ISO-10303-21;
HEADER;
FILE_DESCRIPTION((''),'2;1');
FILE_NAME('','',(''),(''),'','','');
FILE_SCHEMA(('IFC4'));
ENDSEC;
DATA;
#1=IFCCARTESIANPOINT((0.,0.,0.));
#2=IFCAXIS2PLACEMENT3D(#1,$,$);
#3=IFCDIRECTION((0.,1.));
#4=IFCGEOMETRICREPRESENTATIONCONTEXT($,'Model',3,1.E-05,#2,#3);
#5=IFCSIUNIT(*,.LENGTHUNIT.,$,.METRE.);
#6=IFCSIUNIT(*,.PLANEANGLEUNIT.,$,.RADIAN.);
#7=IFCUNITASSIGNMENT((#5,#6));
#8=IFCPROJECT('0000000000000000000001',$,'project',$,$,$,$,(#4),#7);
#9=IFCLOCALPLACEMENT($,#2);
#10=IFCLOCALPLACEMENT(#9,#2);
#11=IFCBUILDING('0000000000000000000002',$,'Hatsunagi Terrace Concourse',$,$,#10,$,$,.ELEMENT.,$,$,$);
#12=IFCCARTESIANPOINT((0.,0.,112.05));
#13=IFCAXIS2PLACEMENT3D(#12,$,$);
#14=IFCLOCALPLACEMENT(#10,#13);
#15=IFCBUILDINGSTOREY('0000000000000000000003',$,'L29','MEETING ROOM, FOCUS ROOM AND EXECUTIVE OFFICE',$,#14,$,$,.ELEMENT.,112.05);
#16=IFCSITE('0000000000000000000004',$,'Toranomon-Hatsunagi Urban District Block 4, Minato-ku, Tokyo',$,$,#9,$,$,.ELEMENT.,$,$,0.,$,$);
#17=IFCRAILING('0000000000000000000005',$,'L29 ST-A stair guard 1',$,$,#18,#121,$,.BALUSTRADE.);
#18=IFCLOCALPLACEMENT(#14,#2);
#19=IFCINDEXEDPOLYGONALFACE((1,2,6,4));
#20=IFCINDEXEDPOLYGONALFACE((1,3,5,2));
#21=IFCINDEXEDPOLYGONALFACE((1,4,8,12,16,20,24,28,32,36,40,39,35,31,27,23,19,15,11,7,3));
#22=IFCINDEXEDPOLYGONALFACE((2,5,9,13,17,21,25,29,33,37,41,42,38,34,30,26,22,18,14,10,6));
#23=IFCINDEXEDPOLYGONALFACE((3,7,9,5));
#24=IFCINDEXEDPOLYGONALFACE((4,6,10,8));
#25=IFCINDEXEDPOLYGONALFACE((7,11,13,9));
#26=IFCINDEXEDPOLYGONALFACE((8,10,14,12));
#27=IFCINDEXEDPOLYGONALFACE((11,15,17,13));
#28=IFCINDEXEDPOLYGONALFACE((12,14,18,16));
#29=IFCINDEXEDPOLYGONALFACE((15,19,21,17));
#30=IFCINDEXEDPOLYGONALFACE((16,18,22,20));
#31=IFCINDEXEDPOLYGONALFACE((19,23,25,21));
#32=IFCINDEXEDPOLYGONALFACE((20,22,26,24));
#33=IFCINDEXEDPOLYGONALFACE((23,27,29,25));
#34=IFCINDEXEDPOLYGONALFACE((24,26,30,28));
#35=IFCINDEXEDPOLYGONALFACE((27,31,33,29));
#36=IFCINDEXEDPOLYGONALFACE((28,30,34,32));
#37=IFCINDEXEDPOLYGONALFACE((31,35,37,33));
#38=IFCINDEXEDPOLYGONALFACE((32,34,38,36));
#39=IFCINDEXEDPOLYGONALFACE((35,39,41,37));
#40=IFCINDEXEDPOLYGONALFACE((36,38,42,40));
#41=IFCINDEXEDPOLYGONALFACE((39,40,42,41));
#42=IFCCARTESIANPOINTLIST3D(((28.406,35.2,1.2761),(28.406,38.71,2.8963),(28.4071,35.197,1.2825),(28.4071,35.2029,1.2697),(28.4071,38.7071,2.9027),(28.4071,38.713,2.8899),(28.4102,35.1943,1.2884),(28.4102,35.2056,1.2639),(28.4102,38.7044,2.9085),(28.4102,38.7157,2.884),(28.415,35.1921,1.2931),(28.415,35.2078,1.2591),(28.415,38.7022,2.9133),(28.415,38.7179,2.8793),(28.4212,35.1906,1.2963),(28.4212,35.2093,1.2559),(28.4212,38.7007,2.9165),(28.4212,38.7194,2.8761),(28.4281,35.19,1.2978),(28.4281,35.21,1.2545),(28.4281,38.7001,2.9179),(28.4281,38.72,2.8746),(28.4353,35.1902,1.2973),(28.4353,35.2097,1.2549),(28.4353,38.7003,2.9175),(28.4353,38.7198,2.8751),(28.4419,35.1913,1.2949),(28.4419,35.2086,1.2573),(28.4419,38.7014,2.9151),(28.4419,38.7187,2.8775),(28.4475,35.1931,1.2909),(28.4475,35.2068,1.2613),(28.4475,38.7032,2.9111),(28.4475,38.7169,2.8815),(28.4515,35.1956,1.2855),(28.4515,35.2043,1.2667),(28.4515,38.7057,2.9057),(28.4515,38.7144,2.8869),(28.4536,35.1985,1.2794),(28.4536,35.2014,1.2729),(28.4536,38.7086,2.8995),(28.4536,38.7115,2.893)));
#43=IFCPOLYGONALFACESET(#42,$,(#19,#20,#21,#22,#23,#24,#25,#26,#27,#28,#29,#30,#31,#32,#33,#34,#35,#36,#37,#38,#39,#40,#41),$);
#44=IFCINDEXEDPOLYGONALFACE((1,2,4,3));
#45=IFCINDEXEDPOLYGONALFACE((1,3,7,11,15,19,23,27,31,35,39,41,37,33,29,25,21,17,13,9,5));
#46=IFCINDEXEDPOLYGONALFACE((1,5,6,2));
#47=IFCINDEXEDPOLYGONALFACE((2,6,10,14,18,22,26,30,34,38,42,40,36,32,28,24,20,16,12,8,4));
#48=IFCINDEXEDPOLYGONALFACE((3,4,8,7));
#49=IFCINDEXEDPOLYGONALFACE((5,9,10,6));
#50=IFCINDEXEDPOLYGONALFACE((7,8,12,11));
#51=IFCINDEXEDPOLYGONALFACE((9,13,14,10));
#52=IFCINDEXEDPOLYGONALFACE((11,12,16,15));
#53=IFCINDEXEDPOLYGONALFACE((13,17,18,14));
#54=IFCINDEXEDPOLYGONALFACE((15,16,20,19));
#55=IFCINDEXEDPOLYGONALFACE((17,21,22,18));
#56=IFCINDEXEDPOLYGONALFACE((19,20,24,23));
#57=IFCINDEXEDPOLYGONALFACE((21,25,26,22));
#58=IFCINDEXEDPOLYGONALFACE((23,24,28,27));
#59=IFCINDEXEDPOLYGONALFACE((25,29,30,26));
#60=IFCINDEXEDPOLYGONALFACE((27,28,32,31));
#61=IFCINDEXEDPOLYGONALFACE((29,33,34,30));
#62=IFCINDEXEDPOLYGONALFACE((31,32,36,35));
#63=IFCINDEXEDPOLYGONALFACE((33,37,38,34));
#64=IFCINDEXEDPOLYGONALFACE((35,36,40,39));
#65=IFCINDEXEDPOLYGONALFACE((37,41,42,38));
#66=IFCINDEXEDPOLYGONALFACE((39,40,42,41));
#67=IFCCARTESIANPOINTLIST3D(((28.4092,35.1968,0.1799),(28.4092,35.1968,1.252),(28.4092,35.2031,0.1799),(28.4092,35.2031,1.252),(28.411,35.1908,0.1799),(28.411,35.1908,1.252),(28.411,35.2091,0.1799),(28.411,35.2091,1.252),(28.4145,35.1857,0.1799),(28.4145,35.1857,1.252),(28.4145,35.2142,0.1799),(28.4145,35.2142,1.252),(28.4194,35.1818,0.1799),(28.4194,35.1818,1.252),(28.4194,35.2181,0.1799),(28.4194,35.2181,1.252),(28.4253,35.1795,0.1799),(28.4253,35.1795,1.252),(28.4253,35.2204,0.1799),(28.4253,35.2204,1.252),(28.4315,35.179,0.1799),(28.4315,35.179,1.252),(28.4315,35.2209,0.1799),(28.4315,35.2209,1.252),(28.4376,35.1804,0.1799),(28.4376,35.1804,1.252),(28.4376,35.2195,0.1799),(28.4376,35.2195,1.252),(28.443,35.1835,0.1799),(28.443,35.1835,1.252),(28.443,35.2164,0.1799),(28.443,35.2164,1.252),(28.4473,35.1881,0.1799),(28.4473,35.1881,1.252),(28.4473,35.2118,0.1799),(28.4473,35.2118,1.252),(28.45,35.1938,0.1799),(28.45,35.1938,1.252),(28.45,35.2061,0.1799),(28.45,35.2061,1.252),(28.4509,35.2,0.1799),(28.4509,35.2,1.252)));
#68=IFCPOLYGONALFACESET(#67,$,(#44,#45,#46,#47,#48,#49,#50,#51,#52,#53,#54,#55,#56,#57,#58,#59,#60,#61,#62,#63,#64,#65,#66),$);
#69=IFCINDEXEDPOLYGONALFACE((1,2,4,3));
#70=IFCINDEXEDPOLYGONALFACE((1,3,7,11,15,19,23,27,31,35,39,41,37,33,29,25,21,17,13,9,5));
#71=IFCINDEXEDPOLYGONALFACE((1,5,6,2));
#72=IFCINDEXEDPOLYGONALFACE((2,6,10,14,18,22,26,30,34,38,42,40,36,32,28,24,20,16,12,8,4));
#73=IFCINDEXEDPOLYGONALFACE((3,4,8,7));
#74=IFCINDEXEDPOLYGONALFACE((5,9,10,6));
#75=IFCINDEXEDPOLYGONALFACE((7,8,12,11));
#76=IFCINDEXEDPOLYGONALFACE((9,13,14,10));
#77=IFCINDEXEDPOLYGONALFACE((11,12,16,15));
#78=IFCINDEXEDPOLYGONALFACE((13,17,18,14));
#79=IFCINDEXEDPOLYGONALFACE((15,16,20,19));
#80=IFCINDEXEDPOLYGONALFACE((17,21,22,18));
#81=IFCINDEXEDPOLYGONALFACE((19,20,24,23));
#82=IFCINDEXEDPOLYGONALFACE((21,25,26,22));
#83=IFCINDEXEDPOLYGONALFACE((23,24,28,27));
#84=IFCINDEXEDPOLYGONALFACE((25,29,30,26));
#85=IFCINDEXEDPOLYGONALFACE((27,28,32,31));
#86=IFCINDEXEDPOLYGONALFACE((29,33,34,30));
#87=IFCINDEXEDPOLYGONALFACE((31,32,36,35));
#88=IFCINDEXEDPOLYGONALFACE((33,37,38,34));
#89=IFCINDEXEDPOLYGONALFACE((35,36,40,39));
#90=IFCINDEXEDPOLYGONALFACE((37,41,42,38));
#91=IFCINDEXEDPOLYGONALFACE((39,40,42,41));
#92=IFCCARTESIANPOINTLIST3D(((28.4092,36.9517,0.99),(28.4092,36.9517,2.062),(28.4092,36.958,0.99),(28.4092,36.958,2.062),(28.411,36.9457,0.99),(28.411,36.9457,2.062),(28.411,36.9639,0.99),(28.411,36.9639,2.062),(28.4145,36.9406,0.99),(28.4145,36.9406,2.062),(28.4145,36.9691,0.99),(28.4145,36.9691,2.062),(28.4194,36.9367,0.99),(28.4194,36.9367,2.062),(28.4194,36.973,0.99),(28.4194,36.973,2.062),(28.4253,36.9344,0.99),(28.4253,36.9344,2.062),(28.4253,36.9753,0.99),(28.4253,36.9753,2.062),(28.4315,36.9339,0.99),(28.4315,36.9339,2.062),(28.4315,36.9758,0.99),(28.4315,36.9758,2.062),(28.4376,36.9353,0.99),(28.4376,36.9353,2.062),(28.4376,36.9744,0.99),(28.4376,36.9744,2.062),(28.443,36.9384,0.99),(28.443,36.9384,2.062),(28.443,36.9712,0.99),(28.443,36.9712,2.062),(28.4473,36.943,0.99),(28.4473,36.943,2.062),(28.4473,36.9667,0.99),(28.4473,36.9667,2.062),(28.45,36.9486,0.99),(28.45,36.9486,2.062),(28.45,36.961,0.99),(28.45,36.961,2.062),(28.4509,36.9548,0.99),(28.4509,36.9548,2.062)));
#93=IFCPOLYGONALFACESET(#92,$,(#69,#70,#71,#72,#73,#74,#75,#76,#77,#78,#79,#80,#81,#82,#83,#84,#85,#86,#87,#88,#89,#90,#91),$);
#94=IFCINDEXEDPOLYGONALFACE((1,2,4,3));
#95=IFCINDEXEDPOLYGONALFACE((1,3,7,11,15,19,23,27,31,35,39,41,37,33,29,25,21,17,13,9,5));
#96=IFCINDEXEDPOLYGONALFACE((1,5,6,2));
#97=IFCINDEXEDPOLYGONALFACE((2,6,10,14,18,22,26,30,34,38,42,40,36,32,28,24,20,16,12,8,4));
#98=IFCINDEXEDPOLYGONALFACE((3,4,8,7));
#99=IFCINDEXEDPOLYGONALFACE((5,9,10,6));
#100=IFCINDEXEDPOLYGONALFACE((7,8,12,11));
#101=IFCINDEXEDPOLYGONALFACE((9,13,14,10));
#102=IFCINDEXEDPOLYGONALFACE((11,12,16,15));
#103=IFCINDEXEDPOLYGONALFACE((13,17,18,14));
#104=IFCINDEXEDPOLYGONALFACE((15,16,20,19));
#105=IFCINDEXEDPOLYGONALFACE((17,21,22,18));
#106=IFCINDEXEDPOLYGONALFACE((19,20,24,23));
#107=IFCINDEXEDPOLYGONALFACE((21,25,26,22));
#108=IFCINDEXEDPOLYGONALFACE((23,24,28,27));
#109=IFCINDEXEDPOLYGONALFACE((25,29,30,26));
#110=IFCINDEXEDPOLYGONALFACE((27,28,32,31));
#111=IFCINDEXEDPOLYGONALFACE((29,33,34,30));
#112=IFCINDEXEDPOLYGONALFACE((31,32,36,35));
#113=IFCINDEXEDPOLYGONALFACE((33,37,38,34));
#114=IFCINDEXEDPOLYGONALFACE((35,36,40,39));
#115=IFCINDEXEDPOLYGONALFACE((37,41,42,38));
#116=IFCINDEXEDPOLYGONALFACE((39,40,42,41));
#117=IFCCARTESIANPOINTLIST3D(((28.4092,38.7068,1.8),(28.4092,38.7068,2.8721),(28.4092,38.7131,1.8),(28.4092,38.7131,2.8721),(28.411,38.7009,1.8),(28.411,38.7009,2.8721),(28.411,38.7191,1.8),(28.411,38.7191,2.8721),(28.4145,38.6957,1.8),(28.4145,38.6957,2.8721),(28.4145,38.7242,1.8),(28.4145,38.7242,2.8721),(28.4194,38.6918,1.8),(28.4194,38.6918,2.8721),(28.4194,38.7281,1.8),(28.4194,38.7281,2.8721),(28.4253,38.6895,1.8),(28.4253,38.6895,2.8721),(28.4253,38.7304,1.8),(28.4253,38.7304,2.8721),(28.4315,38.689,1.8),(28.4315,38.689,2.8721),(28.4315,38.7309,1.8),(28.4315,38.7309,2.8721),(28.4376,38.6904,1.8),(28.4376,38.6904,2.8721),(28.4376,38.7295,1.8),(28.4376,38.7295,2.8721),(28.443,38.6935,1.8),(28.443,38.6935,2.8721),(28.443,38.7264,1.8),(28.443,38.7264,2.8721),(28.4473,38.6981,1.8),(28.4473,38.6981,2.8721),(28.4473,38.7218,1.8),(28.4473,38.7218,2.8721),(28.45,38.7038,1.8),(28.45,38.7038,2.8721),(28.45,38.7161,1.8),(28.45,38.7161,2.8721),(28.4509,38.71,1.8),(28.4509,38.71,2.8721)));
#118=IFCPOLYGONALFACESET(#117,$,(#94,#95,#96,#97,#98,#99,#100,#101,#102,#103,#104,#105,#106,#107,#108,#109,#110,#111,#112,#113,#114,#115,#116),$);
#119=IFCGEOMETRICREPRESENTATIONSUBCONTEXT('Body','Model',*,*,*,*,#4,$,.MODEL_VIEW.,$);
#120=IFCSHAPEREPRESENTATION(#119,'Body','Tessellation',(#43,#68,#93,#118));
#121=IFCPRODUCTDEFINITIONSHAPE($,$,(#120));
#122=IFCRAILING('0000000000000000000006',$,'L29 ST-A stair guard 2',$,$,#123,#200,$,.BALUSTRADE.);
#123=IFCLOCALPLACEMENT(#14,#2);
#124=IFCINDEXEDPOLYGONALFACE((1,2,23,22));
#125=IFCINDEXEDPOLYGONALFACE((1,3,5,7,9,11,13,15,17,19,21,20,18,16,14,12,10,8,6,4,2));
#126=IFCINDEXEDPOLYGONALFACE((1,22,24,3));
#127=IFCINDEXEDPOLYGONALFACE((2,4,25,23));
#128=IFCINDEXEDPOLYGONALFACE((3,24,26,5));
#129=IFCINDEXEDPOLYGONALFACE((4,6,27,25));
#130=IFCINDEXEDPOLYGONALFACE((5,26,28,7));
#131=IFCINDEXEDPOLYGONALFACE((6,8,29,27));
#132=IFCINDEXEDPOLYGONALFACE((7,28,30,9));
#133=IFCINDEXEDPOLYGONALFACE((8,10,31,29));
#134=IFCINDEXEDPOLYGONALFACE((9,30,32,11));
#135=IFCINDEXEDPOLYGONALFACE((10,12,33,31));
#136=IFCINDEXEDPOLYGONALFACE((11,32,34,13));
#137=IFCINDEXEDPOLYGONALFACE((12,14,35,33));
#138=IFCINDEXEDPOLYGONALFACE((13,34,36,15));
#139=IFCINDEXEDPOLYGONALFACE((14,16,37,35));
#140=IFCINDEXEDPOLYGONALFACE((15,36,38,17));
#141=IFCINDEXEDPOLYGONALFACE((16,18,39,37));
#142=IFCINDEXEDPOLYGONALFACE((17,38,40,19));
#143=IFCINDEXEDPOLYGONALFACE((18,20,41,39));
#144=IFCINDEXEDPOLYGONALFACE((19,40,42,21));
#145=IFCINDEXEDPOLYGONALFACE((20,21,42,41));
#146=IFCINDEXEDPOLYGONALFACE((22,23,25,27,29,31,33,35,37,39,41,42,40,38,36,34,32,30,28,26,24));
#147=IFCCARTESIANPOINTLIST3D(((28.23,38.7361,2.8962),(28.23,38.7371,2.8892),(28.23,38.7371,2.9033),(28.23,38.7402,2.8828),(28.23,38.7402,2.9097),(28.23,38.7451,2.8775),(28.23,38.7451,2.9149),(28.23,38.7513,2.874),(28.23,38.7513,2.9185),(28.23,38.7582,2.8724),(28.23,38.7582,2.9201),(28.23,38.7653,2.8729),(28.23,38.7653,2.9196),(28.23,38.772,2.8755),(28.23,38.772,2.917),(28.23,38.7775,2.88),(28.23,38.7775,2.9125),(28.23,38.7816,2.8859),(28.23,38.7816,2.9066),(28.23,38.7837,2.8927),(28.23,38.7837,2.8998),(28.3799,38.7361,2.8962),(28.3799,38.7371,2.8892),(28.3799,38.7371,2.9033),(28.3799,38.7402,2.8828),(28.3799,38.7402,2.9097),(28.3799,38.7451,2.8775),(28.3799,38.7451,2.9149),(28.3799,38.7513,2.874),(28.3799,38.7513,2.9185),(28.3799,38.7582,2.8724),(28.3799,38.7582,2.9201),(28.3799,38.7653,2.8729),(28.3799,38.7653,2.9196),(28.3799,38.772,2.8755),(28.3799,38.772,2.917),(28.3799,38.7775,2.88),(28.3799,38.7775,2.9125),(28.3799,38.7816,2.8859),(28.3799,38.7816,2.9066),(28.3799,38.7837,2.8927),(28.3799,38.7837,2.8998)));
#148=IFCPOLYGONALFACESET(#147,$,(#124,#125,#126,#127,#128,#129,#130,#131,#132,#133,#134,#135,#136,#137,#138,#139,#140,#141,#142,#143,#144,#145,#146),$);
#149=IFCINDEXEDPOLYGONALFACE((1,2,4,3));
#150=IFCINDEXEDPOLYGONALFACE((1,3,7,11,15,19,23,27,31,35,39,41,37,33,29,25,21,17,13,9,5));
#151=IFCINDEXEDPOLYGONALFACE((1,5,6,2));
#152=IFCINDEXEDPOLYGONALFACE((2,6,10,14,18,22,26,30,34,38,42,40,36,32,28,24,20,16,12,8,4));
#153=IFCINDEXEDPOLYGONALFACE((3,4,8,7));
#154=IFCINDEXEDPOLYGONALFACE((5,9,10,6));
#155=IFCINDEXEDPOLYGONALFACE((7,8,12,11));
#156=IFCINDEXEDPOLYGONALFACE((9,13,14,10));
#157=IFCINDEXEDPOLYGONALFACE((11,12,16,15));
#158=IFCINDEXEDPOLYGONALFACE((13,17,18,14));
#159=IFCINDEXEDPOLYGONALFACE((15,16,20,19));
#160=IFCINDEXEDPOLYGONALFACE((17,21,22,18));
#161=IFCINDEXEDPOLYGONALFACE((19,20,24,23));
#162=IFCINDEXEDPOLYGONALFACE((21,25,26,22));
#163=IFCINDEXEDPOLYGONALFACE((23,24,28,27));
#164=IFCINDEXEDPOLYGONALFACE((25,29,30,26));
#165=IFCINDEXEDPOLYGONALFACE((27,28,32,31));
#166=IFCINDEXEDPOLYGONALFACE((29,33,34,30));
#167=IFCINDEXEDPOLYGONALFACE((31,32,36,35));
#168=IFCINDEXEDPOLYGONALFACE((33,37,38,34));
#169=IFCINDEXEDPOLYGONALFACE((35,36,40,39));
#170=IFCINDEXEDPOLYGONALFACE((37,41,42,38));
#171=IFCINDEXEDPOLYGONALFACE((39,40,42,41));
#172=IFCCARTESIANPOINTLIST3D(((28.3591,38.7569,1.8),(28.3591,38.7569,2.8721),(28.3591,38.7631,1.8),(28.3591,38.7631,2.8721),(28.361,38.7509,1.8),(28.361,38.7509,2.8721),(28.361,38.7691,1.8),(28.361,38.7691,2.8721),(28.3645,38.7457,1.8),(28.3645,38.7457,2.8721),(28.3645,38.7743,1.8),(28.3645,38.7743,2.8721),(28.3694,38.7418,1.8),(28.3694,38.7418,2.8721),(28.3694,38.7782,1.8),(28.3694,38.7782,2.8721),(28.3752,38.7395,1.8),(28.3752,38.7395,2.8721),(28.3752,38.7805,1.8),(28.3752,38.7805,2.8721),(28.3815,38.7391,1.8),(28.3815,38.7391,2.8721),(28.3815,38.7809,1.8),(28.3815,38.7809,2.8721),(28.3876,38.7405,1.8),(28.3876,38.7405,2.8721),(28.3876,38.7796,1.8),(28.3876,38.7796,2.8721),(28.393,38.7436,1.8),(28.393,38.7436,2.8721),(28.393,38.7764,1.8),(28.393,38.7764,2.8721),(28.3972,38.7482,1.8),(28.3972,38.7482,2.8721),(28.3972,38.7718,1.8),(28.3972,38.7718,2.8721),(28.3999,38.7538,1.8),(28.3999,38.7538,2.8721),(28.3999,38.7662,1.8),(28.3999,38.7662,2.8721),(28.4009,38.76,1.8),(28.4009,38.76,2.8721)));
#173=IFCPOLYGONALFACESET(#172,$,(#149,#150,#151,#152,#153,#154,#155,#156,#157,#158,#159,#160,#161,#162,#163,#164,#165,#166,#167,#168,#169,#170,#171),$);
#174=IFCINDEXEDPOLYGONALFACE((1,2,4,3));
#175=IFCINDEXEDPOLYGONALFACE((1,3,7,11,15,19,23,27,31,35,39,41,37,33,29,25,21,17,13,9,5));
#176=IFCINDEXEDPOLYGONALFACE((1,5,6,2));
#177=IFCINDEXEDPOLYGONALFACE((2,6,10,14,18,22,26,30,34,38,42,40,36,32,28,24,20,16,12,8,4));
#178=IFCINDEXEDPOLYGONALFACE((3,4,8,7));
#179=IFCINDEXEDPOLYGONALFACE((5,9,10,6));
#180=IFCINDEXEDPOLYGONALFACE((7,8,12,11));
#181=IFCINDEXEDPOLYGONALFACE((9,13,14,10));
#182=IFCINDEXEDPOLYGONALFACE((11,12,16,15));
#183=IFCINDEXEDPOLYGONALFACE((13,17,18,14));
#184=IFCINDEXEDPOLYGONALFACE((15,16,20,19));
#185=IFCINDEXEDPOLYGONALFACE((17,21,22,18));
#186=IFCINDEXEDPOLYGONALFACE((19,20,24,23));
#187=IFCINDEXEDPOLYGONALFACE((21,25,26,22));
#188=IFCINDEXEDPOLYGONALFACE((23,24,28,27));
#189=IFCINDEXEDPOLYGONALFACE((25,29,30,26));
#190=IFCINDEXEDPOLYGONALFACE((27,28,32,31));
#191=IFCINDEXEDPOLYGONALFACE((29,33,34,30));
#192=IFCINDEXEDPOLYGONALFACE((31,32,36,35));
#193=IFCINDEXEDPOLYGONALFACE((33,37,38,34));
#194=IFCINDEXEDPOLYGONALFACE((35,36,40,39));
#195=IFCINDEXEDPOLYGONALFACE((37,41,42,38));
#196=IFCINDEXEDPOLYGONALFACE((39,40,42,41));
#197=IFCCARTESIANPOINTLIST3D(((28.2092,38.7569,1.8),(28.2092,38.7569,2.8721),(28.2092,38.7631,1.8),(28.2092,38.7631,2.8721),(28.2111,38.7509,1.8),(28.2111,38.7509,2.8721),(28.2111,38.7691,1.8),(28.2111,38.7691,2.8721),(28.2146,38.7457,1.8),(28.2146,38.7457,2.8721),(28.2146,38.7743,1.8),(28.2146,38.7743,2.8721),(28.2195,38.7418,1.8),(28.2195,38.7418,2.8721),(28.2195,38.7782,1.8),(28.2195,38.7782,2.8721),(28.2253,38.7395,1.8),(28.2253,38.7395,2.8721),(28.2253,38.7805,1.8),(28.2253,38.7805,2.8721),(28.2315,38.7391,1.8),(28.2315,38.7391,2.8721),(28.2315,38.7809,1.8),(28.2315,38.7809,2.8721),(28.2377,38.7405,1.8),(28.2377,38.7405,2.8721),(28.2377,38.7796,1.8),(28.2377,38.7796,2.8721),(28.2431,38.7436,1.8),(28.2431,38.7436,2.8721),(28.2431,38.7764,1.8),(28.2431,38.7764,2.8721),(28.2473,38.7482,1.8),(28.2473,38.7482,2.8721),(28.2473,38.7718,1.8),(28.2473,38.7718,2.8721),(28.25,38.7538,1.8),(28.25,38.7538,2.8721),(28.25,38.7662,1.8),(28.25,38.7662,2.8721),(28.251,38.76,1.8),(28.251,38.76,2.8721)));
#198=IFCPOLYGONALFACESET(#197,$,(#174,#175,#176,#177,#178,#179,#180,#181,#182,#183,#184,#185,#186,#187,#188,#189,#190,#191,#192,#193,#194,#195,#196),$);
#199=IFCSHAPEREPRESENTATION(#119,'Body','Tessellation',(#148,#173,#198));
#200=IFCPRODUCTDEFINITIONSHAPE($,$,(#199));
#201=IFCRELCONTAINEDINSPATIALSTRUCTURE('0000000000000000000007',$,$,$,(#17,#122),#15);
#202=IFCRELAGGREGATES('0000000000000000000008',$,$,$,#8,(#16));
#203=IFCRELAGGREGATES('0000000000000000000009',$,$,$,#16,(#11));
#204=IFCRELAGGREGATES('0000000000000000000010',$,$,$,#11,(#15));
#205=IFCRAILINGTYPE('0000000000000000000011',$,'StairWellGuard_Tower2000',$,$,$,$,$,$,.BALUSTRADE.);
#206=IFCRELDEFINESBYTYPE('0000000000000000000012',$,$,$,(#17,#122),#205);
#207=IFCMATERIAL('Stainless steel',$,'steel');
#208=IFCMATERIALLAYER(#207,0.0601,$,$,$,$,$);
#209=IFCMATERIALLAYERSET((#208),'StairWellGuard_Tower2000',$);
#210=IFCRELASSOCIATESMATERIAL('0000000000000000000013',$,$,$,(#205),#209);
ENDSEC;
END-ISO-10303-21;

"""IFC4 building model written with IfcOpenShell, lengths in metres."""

from ifc_helpers import new_model, si_unit, direction, frame, origin, origin_2d, place, context, subcontext, project, spatial, circle, extrude, material, layer, layer_set, type_object, element, save


model = new_model("IFC4")

# Units and contexts
model_context = context("Model", 3, precision=1e-05, world=origin(), true_north=direction((0.0, 1.0)))
body_context = subcontext(model_context, "Body", "Model", "MODEL_VIEW")
ifc_project = project(units=[si_unit("LENGTHUNIT", "METRE"), si_unit("PLANEANGLEUNIT", "RADIAN")], contexts=[model_context])

# Site, building, storey
site_placement = place(None, origin())
site = spatial("IfcSite", under=ifc_project, at=site_placement, Name="Toranomon-Hatsunagi Urban District Block 4, Minato-ku, Tokyo", CompositionType="ELEMENT", RefElevation=0.0)
building_placement = place(site_placement, origin())
building = spatial("IfcBuilding", under=site, at=building_placement, Name="Hatsunagi Terrace Concourse", CompositionType="ELEMENT")
storey_placement = place(building_placement, frame((0.0, 0.0, 112.05)))
storey = spatial("IfcBuildingStorey", under=building, at=storey_placement, Name="L29", Description="MEETING ROOM, FOCUS ROOM AND EXECUTIVE OFFICE", CompositionType="ELEMENT", Elevation=112.05)

# Railings
ifc_material_1 = material(Name="Stainless steel", Category="steel")
ifc_layer_1 = layer(ifc_material_1, 0.0601)
ifc_layer_set_1 = layer_set([ifc_layer_1], Name="StairWellGuard_Tower2000")
railing_type_1 = type_object("IfcRailingType", Name="StairWellGuard_Tower2000", PredefinedType="BALUSTRADE", material=ifc_layer_set_1)
railing_1_placement = place(storey_placement, frame((28.4299, 35.2, 0.1799)))
element("IfcRailing", 1, at=railing_1_placement, inside=storey, type_object=railing_type_1, Name="L29 ST-A stair guard 1", PredefinedType="BALUSTRADE", context=body_context, shape_type="SweptSolid", body=[
    extrude(circle(Radius=0.0239, at=origin_2d()), frame((0.0, 0.0, 1.0962), z_axis=(0.0, 0.907948, 0.419082), x_axis=(-1.0, 0.0, 0.0)), (0.0, 0.0, 1.0), 3.866),
    extrude(circle(Radius=0.021, at=origin_2d()), origin(), (0.0, 0.0, 1.0), 1.072),
    extrude(circle(Radius=0.021, at=origin_2d()), frame((0.0, 1.7549, 0.8101)), (0.0, 0.0, 1.0), 1.072),
    extrude(circle(Radius=0.021, at=origin_2d()), frame((0.0, 3.51, 1.6201)), (0.0, 0.0, 1.0), 1.072),
])
railing_2_placement = place(storey_placement, frame((28.3799, 38.76, 1.8)))
element("IfcRailing", 2, at=railing_2_placement, inside=storey, type_object=railing_type_1, Name="L29 ST-A stair guard 2", PredefinedType="BALUSTRADE", context=body_context, shape_type="SweptSolid", body=[
    extrude(circle(Radius=0.0239, at=origin_2d()), frame((0.0, 0.0, 1.0962), z_axis=(-1.0, 0.0, 0.0), x_axis=(0.0, -1.0, 0.0)), (0.0, 0.0, 1.0), 0.1499),
    extrude(circle(Radius=0.021, at=origin_2d()), origin(), (0.0, 0.0, 1.0), 1.072),
    extrude(circle(Radius=0.021, at=origin_2d()), frame((-0.1499, 0.0, 0.0)), (0.0, 0.0, 1.0), 1.072),
])

save(model, "model.ifc")
